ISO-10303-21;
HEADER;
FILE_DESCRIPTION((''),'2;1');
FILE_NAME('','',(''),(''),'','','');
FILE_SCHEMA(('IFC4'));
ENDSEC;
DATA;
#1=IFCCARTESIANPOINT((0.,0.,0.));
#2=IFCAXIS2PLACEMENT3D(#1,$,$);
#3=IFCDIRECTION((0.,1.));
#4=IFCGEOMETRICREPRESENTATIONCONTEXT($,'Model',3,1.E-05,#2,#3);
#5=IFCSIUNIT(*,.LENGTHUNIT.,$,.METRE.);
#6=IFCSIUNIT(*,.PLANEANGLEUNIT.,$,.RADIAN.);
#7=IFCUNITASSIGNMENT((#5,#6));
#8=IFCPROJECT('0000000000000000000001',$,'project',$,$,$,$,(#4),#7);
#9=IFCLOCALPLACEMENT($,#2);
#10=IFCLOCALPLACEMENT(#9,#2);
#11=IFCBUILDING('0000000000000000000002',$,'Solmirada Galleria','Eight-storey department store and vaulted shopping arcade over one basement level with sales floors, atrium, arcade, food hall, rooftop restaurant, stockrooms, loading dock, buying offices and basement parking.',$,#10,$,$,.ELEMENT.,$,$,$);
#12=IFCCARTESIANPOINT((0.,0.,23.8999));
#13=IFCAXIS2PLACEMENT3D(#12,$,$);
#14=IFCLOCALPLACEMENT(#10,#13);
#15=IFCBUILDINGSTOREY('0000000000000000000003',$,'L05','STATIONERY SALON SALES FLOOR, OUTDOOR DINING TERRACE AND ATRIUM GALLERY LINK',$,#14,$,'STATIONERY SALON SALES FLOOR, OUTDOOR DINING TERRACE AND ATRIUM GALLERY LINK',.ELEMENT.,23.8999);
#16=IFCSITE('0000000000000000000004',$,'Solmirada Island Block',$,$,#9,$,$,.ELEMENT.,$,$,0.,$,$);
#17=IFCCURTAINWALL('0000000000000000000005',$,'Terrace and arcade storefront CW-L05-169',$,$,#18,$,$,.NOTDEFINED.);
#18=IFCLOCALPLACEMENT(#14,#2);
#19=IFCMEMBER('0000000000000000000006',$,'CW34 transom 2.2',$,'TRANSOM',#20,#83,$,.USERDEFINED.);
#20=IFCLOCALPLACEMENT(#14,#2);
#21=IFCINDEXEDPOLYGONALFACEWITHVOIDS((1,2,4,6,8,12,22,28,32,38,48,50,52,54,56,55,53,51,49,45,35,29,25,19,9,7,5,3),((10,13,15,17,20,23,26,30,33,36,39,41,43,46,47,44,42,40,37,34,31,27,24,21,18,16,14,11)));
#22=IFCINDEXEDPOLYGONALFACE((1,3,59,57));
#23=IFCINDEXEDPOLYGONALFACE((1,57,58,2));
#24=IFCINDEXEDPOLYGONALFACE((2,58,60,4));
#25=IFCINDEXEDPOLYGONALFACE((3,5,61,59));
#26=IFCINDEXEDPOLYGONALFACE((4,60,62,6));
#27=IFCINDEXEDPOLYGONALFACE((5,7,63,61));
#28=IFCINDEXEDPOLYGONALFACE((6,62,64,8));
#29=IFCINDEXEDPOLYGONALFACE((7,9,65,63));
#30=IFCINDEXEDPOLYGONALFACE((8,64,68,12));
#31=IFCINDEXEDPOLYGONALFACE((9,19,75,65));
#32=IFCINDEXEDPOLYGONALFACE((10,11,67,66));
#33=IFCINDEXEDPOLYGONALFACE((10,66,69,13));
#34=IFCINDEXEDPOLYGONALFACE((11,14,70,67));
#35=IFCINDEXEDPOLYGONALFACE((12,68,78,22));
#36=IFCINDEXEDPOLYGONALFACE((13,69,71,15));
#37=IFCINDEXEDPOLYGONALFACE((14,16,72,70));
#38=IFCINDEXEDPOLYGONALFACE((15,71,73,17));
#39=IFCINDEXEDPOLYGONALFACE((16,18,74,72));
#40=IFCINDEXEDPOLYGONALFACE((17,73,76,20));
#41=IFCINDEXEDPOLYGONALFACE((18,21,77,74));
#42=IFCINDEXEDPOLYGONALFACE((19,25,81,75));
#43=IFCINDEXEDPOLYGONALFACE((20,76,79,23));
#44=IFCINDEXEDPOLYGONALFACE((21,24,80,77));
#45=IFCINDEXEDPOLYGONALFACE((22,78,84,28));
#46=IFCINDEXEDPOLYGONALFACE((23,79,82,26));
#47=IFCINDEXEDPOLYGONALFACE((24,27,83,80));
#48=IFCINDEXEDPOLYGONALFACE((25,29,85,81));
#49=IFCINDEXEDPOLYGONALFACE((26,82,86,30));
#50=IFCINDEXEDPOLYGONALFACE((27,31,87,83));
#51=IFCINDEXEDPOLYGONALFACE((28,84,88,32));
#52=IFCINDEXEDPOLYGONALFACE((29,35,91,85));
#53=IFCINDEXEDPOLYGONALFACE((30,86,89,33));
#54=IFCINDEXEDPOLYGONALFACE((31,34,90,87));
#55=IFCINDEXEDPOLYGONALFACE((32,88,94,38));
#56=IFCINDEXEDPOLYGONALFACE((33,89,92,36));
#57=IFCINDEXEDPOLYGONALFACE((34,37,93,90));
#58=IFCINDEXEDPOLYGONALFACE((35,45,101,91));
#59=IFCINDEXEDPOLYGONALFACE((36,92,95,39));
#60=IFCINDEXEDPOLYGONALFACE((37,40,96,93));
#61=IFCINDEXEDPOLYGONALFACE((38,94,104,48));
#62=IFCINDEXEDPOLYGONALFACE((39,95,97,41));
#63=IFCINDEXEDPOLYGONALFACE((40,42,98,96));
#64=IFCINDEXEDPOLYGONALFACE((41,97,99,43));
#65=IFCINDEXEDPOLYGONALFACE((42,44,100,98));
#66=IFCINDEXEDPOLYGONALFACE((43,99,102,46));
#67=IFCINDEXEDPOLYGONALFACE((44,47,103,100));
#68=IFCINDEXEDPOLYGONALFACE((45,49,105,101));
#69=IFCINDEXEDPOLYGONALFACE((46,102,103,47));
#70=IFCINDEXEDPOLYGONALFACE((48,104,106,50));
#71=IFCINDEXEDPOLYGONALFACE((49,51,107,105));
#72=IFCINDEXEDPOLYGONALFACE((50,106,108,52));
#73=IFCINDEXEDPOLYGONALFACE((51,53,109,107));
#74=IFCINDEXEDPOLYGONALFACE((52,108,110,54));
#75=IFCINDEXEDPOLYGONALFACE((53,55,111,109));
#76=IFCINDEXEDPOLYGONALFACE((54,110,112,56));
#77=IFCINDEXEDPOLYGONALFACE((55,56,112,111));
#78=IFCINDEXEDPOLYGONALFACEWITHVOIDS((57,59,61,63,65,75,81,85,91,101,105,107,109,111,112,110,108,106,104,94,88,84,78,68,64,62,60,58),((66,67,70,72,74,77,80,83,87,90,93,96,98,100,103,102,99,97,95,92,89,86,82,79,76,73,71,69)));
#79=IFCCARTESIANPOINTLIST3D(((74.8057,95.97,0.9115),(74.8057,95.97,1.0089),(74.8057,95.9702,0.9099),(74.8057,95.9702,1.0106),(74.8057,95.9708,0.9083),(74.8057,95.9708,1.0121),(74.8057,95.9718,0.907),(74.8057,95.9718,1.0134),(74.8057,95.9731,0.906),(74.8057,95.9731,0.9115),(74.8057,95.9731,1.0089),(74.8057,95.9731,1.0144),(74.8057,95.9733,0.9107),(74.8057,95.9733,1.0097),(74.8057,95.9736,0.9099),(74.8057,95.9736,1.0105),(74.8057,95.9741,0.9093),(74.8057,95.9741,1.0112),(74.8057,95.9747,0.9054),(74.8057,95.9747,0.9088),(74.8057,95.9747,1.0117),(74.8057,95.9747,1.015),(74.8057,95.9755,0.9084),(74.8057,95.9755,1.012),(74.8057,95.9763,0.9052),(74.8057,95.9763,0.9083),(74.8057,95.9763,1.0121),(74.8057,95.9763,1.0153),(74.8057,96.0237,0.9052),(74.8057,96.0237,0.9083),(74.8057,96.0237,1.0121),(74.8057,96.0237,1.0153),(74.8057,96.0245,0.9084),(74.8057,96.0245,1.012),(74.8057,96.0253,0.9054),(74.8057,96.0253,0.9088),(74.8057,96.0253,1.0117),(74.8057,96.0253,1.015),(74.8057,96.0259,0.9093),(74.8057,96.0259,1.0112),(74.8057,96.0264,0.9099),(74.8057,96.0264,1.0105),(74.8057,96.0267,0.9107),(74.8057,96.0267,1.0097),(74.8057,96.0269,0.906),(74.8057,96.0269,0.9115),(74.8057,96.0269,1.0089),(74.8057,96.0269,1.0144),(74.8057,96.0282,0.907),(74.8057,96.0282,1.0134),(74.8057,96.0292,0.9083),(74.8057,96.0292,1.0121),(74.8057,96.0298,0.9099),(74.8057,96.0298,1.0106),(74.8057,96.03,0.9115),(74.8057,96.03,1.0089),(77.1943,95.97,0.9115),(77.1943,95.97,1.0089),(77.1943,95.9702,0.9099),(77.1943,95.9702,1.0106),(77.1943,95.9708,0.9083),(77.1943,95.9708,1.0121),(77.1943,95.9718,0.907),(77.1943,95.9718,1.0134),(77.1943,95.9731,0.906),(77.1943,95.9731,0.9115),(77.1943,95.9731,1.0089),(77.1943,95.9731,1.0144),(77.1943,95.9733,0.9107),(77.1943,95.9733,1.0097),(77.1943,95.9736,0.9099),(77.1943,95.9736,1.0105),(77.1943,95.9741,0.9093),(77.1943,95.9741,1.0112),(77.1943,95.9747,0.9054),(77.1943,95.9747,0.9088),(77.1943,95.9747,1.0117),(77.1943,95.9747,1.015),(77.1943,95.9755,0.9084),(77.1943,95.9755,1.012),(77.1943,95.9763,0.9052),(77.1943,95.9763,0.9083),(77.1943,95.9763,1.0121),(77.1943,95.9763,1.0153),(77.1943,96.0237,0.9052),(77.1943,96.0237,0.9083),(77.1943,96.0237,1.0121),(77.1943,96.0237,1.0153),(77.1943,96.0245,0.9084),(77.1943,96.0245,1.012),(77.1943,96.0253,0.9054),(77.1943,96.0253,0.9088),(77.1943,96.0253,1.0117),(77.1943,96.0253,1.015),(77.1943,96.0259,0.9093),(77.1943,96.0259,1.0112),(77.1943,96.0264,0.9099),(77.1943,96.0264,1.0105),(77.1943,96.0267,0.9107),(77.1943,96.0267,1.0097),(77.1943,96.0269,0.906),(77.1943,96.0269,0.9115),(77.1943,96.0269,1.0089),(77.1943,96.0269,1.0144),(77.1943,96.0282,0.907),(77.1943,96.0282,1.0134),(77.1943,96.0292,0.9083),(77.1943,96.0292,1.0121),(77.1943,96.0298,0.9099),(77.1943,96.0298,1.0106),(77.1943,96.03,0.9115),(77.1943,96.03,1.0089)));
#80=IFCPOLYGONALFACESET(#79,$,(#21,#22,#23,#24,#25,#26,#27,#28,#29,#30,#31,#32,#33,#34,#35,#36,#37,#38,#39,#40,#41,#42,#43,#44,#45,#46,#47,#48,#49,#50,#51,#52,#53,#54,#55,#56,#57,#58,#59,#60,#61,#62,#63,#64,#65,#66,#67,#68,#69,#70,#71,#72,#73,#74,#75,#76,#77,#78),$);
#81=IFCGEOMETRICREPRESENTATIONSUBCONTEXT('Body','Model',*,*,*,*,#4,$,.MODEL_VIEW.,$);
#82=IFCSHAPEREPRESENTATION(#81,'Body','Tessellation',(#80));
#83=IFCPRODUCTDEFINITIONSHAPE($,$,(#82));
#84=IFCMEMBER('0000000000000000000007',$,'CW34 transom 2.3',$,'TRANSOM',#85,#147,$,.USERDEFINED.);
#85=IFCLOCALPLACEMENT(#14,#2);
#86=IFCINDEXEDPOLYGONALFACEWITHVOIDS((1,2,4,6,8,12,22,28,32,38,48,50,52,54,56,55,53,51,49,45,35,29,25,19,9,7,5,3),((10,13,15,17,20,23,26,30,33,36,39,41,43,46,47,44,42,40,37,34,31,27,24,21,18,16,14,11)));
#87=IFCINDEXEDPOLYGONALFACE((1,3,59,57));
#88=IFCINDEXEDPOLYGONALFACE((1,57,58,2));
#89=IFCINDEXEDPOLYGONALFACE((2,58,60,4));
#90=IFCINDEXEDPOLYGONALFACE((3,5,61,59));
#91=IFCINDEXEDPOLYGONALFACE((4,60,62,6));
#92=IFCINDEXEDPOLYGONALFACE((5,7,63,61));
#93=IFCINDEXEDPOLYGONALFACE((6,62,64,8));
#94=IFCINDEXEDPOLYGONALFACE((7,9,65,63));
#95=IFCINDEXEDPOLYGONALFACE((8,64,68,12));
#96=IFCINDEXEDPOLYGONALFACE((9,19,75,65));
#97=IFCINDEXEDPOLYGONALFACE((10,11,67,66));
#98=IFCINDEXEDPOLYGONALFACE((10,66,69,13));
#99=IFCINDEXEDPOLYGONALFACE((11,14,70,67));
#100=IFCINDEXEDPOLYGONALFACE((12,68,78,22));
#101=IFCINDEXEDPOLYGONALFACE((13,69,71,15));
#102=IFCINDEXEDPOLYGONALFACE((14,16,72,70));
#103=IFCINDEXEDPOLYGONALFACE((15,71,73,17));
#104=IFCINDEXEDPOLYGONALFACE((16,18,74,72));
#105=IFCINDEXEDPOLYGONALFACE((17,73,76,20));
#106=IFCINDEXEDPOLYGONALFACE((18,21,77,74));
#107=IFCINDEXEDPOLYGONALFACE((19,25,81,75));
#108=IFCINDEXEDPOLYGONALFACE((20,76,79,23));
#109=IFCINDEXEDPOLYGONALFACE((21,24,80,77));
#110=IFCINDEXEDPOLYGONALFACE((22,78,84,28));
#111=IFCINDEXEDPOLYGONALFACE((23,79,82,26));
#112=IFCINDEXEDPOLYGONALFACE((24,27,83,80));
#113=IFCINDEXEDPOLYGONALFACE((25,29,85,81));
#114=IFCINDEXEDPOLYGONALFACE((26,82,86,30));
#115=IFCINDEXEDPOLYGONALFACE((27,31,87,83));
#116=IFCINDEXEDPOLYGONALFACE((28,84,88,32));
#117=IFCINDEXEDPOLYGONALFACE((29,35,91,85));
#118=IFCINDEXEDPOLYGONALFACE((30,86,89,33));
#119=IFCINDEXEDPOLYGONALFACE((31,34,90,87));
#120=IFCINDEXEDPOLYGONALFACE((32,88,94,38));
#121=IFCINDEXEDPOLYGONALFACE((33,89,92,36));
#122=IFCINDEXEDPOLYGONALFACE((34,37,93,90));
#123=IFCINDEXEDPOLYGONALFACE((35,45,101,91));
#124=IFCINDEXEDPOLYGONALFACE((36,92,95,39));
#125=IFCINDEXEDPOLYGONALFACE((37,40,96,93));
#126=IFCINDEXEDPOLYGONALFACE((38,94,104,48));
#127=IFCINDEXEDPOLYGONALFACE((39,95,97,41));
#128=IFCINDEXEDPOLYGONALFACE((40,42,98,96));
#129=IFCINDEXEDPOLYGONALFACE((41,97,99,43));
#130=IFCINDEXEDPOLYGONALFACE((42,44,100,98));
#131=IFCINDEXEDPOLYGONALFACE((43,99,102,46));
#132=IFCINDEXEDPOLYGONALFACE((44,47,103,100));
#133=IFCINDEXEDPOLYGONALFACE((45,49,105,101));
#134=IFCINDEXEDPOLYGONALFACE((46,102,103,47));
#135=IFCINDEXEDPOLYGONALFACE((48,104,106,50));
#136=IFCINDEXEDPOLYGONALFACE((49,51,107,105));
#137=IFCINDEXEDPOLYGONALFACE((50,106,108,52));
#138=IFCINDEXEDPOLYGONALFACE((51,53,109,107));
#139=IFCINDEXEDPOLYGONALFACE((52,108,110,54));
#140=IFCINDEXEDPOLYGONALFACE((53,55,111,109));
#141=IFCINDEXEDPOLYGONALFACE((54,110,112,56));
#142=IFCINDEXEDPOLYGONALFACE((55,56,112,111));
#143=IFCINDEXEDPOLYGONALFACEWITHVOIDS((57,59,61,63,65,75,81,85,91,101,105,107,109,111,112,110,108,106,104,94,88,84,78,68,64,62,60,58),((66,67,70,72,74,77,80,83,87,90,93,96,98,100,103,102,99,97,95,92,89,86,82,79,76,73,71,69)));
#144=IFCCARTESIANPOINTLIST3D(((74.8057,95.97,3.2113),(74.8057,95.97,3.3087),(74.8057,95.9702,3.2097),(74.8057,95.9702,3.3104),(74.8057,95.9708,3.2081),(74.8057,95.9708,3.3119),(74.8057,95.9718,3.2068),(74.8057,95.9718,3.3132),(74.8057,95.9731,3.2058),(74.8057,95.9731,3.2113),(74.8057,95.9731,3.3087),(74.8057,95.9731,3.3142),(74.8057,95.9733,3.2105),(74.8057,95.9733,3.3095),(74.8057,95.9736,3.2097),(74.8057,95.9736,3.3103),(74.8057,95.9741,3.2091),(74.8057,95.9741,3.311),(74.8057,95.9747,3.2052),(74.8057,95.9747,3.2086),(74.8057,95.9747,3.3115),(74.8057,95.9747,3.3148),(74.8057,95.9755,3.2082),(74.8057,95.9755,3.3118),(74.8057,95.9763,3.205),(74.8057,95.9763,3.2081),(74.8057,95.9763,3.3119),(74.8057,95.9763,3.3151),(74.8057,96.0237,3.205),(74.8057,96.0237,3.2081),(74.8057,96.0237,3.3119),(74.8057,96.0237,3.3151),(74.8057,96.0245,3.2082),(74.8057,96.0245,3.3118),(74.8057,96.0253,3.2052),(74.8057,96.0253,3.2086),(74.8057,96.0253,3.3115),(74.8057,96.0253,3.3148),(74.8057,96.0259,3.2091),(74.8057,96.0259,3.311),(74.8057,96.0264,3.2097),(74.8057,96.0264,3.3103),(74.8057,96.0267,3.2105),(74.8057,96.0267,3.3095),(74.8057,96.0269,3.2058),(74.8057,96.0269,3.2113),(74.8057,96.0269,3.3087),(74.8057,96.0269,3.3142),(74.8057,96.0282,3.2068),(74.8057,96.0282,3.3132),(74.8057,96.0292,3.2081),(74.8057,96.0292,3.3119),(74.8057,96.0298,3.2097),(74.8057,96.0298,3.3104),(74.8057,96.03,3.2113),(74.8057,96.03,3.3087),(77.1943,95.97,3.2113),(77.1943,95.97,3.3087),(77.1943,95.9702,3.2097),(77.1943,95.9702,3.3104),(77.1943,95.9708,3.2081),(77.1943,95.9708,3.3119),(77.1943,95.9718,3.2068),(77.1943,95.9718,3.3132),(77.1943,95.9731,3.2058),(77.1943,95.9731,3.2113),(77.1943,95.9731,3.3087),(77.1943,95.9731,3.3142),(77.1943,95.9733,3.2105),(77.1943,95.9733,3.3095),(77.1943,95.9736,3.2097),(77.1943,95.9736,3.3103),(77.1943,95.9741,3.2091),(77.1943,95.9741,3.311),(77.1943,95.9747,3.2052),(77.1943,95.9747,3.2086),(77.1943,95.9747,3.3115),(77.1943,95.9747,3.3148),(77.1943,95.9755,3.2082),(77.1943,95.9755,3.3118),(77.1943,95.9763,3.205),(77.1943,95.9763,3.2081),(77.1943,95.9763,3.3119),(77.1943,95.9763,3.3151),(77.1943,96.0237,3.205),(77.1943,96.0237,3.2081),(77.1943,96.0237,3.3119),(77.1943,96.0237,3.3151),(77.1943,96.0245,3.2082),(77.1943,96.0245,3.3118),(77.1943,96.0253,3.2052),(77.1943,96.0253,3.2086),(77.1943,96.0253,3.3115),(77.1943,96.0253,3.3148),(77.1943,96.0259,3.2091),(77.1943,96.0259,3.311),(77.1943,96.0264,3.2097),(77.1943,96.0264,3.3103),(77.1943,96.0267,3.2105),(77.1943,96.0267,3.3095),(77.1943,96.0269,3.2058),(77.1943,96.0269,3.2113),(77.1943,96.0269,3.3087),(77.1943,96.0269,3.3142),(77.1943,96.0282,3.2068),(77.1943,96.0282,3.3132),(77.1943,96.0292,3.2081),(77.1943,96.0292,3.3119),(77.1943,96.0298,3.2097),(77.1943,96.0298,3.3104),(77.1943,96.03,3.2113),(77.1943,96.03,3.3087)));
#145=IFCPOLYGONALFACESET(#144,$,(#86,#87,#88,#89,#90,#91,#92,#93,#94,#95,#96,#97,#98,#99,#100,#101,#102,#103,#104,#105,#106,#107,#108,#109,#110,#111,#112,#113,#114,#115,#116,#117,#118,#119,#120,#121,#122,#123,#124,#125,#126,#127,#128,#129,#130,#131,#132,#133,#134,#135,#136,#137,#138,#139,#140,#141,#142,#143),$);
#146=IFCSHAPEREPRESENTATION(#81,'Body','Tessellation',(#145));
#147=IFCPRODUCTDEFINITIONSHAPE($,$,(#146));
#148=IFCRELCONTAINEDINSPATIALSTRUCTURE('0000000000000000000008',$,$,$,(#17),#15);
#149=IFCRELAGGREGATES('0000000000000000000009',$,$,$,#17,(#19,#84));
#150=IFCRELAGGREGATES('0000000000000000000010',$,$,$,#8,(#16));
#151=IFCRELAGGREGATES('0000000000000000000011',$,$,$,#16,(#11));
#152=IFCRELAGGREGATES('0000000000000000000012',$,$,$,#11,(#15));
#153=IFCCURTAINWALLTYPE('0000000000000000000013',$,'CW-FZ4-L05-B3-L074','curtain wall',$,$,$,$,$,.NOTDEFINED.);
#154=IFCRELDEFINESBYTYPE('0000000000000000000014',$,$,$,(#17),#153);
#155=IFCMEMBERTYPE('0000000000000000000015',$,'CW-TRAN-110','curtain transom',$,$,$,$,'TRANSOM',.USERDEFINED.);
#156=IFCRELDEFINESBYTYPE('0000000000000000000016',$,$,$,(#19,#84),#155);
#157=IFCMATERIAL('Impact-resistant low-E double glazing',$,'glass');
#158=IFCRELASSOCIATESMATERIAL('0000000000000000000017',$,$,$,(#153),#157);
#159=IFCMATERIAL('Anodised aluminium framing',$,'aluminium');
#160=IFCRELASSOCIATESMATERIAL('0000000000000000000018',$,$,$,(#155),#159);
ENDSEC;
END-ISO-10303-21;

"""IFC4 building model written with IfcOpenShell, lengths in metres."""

from ifc_helpers import new_model, si_unit, direction, frame, origin, origin_2d, place, context, subcontext, project, spatial, hollow_rectangle, extrude, material, material_profile, profile_set, type_object, element, aggregate, save


model = new_model("IFC4")

# Units and contexts
model_context = context("Model", 3, precision=1e-05, world=origin(), true_north=direction((0.0, 1.0)))
body_context = subcontext(model_context, "Body", "Model", "MODEL_VIEW")
ifc_project = project(units=[si_unit("LENGTHUNIT", "METRE"), si_unit("PLANEANGLEUNIT", "RADIAN")], contexts=[model_context])

# Site, building, storey
site_placement = place(None, origin())
site = spatial("IfcSite", under=ifc_project, at=site_placement, Name="Solmirada Island Block", CompositionType="ELEMENT", RefElevation=0.0)
building_placement = place(site_placement, origin())
building = spatial("IfcBuilding", under=site, at=building_placement, Name="Solmirada Galleria", Description="Eight-storey department store and vaulted shopping arcade over one basement level with sales floors, atrium, arcade, food hall, rooftop restaurant, stockrooms, loading dock, buying offices and basement parking.", CompositionType="ELEMENT")
storey_placement = place(building_placement, frame((0.0, 0.0, 23.8999)))
storey = spatial("IfcBuildingStorey", under=building, at=storey_placement, Name="L05", Description="STATIONERY SALON SALES FLOOR, OUTDOOR DINING TERRACE AND ATRIUM GALLERY LINK", LongName="STATIONERY SALON SALES FLOOR, OUTDOOR DINING TERRACE AND ATRIUM GALLERY LINK", CompositionType="ELEMENT", Elevation=23.8999)

# Curtain wall, members
ifc_material_1 = material(Name="Impact-resistant low-E double glazing", Category="glass")
curtain_wall_type = type_object("IfcCurtainWallType", Name="CW-FZ4-L05-B3-L074", Description="curtain wall", PredefinedType="NOTDEFINED", material=ifc_material_1)
curtain_wall_placement = place(storey_placement, origin())
curtain_wall = element("IfcCurtainWall", 1, at=curtain_wall_placement, inside=storey, type_object=curtain_wall_type, Name="Terrace and arcade storefront CW-L05-169", PredefinedType="NOTDEFINED")
ifc_material_2 = material(Name="Anodised aluminium framing", Category="aluminium")
ifc_material_profile_1 = material_profile(ifc_material_2, hollow_rectangle(XDim=0.0601, YDim=0.1101, WallThickness=0.0032, InnerFilletRadius=0.0032, OuterFilletRadius=0.0063, at=origin_2d()), Name="ALU-TRAN-110X60")
ifc_profile_set_1 = profile_set([ifc_material_profile_1], Name="Anodised aluminium framing")
member_type_1 = type_object("IfcMemberType", Name="CW-TRAN-110", Description="curtain transom", ElementType="TRANSOM", PredefinedType="USERDEFINED", material=ifc_profile_set_1)
member_1_placement = place(storey_placement, frame((77.1943, 96.0, 0.9602), z_axis=(-1.0, 0.0, 0.0), x_axis=(0.0, -1.0, 0.0)))
member_1 = element("IfcMember", 2, at=member_1_placement, type_object=member_type_1, Name="CW34 transom 2.2", ObjectType="TRANSOM", PredefinedType="USERDEFINED", context=body_context, shape_type="SweptSolid", body=[
    extrude(hollow_rectangle(XDim=0.0601, YDim=0.1101, WallThickness=0.0032, InnerFilletRadius=0.0032, OuterFilletRadius=0.0063, at=origin_2d()), origin(), (0.0, 0.0, 1.0), 2.3887),
])
member_2_placement = place(storey_placement, frame((77.1943, 96.0, 3.26), z_axis=(-1.0, 0.0, 0.0), x_axis=(0.0, -1.0, 0.0)))
member_2 = element("IfcMember", 3, at=member_2_placement, type_object=member_type_1, Name="CW34 transom 2.3", ObjectType="TRANSOM", PredefinedType="USERDEFINED", context=body_context, shape_type="SweptSolid", body=[
    extrude(hollow_rectangle(XDim=0.0601, YDim=0.1101, WallThickness=0.0032, InnerFilletRadius=0.0032, OuterFilletRadius=0.0063, at=origin_2d()), origin(), (0.0, 0.0, 1.0), 2.3887),
])
aggregate(curtain_wall, [member_1, member_2])

save(model, "model.ifc")
